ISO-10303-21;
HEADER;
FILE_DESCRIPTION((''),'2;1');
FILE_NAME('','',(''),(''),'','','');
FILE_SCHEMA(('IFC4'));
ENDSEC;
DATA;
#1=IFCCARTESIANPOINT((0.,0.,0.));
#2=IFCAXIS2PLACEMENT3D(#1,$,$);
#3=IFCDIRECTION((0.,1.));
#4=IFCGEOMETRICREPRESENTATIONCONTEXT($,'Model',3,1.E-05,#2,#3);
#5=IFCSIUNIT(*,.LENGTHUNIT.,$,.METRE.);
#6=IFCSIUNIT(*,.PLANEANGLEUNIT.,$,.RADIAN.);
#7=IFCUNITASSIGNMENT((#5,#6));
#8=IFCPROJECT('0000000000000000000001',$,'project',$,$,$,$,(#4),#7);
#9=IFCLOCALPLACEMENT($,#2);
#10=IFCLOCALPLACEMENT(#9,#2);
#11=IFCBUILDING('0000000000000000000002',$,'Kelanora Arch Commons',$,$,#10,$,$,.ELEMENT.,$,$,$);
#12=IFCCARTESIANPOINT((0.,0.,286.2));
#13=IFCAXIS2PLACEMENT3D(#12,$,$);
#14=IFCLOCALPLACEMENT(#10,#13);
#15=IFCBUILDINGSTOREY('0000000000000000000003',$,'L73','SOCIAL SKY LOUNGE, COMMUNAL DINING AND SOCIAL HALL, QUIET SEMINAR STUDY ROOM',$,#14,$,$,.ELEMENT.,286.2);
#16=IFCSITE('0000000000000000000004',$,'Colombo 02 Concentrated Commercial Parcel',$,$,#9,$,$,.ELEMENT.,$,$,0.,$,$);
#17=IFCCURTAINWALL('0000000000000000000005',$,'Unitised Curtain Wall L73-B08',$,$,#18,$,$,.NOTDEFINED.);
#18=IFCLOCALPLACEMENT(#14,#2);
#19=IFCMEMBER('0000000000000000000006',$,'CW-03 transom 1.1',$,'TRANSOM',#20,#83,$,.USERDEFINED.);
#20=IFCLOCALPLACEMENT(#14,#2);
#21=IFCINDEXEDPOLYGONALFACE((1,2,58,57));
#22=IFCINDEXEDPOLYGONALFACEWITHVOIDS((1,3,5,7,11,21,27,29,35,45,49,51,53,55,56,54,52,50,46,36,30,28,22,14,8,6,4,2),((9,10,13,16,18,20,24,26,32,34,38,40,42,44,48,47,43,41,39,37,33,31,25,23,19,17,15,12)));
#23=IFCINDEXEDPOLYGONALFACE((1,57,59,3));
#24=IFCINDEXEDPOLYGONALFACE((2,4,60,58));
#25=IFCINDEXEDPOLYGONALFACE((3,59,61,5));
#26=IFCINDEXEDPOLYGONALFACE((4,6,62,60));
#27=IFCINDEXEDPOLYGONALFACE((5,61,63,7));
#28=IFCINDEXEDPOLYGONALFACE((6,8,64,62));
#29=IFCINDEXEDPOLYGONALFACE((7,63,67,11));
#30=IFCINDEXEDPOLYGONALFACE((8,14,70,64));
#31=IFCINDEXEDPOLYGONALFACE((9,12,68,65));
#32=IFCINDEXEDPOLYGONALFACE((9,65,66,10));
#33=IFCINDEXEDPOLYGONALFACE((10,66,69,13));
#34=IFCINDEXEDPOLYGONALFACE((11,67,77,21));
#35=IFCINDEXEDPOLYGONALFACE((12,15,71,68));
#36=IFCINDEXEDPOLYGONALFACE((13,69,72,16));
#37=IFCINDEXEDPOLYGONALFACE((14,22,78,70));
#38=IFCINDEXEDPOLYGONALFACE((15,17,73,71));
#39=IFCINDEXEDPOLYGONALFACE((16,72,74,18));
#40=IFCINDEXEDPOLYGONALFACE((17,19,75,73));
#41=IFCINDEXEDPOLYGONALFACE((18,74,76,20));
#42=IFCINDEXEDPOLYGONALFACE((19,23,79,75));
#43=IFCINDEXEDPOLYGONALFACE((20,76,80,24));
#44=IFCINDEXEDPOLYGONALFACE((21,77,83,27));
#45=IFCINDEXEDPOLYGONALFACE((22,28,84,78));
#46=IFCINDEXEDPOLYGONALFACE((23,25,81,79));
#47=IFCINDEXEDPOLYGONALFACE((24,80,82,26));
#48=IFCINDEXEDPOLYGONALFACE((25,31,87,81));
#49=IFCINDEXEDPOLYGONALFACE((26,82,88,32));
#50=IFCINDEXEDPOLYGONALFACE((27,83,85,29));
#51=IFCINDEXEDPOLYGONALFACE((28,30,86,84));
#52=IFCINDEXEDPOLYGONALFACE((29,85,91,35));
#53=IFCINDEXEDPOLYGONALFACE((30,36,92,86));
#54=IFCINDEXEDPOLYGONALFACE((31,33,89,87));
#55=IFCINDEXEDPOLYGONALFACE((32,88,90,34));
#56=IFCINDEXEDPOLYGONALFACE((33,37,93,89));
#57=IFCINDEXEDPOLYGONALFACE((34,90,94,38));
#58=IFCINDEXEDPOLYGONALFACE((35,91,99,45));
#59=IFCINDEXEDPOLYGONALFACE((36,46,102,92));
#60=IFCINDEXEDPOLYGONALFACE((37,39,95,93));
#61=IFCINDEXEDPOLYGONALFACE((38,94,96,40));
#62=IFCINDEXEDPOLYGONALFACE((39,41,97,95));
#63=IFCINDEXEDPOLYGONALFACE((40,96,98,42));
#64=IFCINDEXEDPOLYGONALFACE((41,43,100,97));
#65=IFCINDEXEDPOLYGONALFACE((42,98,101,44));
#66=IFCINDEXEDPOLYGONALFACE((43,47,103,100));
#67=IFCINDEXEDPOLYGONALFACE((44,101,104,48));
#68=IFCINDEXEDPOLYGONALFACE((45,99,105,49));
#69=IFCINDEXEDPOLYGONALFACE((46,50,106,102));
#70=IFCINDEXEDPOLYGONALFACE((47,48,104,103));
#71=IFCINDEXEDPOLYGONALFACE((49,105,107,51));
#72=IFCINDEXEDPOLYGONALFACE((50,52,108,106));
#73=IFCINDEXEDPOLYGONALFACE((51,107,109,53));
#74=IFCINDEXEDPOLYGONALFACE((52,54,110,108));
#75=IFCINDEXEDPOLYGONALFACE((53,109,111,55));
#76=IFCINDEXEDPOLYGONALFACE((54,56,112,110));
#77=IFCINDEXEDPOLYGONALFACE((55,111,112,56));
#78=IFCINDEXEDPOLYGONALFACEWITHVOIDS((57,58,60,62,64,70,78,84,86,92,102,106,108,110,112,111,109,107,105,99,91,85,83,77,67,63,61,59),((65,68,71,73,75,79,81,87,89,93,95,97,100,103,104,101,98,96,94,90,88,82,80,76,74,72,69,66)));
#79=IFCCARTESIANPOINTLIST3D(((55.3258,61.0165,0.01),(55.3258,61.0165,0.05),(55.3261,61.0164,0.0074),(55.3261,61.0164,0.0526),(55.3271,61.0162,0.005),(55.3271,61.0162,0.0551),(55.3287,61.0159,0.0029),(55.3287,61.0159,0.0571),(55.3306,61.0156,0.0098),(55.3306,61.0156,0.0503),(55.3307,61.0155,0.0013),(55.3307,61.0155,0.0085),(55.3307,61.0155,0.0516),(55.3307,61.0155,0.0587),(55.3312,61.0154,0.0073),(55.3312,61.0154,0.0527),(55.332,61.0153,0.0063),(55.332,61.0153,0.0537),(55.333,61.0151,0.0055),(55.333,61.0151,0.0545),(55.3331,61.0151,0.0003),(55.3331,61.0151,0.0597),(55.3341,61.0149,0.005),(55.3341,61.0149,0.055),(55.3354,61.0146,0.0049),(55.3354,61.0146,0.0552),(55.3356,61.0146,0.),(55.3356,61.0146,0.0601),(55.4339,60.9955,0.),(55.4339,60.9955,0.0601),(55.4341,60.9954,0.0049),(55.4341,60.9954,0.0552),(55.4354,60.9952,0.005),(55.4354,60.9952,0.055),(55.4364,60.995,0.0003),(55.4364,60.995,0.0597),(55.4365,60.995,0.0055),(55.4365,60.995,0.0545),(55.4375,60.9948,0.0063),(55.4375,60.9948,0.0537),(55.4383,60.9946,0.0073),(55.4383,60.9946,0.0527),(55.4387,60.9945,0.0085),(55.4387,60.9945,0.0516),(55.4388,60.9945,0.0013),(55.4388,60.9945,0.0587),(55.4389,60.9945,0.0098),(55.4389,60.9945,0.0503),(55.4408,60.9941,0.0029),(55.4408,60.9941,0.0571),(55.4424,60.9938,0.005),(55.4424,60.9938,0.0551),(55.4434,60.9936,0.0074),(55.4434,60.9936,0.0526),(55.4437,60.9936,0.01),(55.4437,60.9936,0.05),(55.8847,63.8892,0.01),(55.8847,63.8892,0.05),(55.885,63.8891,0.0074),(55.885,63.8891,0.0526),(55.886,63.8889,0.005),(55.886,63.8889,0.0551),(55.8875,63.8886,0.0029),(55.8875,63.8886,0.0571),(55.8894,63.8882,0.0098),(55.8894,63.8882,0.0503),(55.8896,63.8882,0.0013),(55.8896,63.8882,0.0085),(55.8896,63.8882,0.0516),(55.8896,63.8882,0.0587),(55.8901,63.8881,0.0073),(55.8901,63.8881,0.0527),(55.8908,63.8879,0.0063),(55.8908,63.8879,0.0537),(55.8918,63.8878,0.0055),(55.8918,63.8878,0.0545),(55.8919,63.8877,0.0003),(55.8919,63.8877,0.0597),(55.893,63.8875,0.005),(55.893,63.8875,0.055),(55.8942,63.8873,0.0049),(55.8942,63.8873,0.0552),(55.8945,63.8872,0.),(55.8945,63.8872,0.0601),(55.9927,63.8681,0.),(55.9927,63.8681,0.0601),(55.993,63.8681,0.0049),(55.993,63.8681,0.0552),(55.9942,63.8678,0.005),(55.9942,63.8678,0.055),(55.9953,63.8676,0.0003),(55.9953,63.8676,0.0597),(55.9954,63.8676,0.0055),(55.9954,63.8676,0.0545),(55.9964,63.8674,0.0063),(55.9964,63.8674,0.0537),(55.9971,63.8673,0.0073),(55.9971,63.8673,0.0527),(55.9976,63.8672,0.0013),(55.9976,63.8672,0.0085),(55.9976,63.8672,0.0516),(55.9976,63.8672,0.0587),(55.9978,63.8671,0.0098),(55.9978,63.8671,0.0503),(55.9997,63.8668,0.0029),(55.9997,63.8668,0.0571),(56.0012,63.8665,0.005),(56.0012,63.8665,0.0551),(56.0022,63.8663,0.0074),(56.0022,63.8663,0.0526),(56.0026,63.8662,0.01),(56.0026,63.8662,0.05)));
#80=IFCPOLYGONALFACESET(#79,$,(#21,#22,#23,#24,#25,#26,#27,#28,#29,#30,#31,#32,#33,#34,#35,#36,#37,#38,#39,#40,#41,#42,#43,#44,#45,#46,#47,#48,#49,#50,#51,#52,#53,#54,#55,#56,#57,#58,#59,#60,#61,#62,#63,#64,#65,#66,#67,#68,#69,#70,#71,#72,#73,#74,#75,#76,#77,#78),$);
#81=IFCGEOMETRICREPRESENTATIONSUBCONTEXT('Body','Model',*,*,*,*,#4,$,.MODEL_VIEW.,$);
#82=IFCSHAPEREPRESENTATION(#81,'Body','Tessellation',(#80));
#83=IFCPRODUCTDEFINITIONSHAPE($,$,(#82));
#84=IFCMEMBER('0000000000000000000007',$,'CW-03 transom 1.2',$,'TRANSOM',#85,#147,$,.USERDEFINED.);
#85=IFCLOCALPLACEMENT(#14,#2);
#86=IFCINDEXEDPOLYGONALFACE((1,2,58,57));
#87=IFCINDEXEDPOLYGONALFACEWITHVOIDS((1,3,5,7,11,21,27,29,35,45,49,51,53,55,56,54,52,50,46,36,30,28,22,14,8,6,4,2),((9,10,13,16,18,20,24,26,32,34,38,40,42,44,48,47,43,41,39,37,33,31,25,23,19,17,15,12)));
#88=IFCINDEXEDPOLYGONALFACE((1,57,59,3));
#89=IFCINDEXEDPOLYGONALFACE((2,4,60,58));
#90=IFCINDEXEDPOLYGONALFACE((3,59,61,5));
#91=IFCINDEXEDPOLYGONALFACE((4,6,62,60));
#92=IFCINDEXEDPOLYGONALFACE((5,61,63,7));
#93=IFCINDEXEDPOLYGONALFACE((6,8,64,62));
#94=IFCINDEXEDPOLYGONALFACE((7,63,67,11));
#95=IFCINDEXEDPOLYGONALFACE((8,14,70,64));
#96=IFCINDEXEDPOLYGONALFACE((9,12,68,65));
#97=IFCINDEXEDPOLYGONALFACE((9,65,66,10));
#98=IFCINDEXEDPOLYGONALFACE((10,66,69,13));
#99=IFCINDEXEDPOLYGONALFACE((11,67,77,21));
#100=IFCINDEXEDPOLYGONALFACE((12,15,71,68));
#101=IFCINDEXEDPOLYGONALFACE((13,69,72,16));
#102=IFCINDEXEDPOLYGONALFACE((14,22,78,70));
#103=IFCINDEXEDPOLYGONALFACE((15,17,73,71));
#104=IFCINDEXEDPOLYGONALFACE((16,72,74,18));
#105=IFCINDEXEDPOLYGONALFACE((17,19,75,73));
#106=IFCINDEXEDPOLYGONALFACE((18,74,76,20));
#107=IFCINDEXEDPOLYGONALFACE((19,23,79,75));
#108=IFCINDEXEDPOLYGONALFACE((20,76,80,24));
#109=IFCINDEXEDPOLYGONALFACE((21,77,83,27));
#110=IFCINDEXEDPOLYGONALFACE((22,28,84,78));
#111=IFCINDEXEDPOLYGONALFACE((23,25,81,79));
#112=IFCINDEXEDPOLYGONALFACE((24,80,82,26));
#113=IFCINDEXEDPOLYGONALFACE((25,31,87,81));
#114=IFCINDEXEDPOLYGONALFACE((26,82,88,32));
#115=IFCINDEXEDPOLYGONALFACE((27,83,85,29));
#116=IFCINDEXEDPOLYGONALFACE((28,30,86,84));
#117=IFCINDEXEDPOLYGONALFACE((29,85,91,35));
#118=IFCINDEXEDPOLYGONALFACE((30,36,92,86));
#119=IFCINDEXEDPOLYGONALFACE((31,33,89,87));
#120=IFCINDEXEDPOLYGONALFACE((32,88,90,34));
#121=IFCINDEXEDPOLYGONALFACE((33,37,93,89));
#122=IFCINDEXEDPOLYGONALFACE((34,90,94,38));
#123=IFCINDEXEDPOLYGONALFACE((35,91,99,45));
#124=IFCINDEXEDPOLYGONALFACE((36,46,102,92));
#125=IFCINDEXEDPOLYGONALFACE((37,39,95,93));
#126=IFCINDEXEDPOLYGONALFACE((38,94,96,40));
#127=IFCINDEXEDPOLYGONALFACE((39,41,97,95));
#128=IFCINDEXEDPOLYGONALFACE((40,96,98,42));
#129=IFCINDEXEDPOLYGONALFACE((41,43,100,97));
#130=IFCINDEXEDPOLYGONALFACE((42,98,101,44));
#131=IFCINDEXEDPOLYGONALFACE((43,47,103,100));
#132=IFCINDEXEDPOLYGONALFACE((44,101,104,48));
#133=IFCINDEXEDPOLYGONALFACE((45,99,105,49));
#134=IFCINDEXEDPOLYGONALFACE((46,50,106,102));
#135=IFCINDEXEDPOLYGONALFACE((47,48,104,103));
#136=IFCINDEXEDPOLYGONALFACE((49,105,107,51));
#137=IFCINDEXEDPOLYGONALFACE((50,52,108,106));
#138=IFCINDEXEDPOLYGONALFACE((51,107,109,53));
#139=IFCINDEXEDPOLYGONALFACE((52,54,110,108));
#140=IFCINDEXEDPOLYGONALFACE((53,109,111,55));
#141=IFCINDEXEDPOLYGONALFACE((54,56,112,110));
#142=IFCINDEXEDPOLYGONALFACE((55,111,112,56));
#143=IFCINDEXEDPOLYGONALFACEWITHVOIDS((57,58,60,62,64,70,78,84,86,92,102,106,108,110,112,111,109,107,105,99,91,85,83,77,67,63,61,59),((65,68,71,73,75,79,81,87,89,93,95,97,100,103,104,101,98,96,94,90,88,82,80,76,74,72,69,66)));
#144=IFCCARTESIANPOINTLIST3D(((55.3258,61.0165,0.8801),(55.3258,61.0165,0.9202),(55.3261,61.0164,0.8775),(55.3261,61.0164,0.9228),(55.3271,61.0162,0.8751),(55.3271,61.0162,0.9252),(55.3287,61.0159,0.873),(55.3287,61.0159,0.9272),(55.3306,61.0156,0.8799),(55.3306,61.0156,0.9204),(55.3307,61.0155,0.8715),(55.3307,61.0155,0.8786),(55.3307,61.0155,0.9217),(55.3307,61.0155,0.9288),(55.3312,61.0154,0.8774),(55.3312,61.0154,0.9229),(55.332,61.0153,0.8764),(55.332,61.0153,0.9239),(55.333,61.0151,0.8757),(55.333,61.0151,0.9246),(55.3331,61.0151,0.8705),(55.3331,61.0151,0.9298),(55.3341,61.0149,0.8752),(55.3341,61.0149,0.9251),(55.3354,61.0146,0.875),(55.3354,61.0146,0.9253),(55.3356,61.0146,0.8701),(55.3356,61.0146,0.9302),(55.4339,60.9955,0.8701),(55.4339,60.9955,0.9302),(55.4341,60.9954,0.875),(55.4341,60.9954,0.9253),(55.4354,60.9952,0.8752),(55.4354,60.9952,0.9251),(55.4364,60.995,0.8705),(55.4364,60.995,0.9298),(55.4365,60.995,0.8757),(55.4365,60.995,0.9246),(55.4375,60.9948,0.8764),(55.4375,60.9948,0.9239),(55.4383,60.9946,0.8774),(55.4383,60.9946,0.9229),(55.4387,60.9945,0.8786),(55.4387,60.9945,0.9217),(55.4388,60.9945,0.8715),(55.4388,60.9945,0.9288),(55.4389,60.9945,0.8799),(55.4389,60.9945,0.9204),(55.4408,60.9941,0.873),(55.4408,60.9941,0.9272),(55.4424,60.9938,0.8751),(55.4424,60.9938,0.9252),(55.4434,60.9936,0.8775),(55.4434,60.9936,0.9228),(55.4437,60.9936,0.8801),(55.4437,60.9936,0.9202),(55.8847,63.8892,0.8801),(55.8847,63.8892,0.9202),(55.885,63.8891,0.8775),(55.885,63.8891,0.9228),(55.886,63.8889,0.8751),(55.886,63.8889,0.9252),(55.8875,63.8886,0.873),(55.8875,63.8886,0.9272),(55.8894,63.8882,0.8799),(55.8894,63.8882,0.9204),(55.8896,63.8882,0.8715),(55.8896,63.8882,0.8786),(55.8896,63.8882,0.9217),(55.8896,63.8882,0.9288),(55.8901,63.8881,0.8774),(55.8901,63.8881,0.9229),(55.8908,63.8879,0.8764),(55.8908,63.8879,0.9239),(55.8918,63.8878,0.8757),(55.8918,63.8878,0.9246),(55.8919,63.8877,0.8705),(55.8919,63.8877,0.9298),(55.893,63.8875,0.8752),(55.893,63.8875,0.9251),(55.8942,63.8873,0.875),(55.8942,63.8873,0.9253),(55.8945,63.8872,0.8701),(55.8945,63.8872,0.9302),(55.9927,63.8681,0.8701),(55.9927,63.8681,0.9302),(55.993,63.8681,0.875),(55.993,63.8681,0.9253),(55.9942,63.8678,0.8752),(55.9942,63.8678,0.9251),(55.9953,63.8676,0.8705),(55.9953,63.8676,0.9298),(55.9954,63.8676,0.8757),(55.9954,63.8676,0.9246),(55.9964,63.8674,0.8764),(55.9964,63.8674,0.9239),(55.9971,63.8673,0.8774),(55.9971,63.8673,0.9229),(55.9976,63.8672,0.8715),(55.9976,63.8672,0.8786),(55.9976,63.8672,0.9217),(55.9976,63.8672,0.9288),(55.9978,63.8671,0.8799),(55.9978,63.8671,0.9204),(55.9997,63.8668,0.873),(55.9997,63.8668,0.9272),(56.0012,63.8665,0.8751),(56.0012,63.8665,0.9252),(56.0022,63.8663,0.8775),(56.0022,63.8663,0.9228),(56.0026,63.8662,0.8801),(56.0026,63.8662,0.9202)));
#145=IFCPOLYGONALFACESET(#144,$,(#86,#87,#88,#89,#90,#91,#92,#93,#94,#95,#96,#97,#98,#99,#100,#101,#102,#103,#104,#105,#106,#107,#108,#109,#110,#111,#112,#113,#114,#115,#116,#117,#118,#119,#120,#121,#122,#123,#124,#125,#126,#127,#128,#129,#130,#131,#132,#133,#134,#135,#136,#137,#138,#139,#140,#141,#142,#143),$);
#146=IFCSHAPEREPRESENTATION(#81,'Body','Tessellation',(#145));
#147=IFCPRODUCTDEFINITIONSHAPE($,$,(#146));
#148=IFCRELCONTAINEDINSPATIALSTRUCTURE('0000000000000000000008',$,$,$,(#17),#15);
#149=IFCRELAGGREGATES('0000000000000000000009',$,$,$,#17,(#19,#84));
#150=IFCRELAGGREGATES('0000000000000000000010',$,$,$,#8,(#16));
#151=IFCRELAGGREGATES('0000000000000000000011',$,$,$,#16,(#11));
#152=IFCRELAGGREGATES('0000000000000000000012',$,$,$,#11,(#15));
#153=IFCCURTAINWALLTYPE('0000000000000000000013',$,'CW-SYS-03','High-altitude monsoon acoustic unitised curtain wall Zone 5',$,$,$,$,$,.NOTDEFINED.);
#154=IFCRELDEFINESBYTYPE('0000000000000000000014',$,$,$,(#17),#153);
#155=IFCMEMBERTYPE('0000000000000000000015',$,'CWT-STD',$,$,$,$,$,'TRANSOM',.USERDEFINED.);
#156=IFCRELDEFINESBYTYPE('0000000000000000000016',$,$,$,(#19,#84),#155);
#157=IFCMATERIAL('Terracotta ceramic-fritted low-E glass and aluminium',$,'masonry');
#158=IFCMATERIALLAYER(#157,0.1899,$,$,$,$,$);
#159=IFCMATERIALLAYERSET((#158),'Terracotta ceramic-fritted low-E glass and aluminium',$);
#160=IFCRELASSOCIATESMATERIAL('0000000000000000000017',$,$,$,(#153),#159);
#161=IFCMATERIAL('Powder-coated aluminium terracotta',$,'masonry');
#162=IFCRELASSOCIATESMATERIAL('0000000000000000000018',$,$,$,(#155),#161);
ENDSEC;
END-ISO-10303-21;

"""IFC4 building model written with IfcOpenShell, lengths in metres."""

from ifc_helpers import new_model, si_unit, direction, frame, origin, origin_2d, place, context, subcontext, project, spatial, hollow_rectangle, extrude, material, layer, layer_set, material_profile, profile_set, type_object, element, aggregate, save


model = new_model("IFC4")

# Units and contexts
model_context = context("Model", 3, precision=1e-05, world=origin(), true_north=direction((0.0, 1.0)))
body_context = subcontext(model_context, "Body", "Model", "MODEL_VIEW")
ifc_project = project(units=[si_unit("LENGTHUNIT", "METRE"), si_unit("PLANEANGLEUNIT", "RADIAN")], contexts=[model_context])

# Site, building, storey
site_placement = place(None, origin())
site = spatial("IfcSite", under=ifc_project, at=site_placement, Name="Colombo 02 Concentrated Commercial Parcel", CompositionType="ELEMENT", RefElevation=0.0)
building_placement = place(site_placement, origin())
building = spatial("IfcBuilding", under=site, at=building_placement, Name="Kelanora Arch Commons", CompositionType="ELEMENT")
storey_placement = place(building_placement, frame((0.0, 0.0, 286.2)))
storey = spatial("IfcBuildingStorey", under=building, at=storey_placement, Name="L73", Description="SOCIAL SKY LOUNGE, COMMUNAL DINING AND SOCIAL HALL, QUIET SEMINAR STUDY ROOM", CompositionType="ELEMENT", Elevation=286.2)

# Curtain wall, members
ifc_material_1 = material(Name="Terracotta ceramic-fritted low-E glass and aluminium", Category="masonry")
ifc_layer_1 = layer(ifc_material_1, 0.1899)
ifc_layer_set_1 = layer_set([ifc_layer_1], Name="Terracotta ceramic-fritted low-E glass and aluminium")
curtain_wall_type = type_object("IfcCurtainWallType", Name="CW-SYS-03", Description="High-altitude monsoon acoustic unitised curtain wall Zone 5", PredefinedType="NOTDEFINED", material=ifc_layer_set_1)
curtain_wall_placement = place(storey_placement, origin())
curtain_wall = element("IfcCurtainWall", 1, at=curtain_wall_placement, inside=storey, type_object=curtain_wall_type, Name="Unitised Curtain Wall L73-B08", PredefinedType="NOTDEFINED")
ifc_material_2 = material(Name="Powder-coated aluminium terracotta", Category="masonry")
ifc_material_profile_1 = material_profile(ifc_material_2, hollow_rectangle(XDim=0.1201, YDim=0.0601, WallThickness=0.0049, InnerFilletRadius=0.0049, OuterFilletRadius=0.01, at=origin_2d()), Name="CWT120x60")
ifc_profile_set_1 = profile_set([ifc_material_profile_1], Name="Powder-coated aluminium terracotta")
member_type_1 = type_object("IfcMemberType", Name="CWT-STD", ElementType="TRANSOM", PredefinedType="USERDEFINED", material=ifc_profile_set_1)
member_1_placement = place(storey_placement, frame((55.9436, 63.8777, 0.03), z_axis=(-0.190963, -0.981597, 0.0), x_axis=(0.981597, -0.190963, 0.0)))
member_1 = element("IfcMember", 2, at=member_1_placement, type_object=member_type_1, Name="CW-03 transom 1.1", ObjectType="TRANSOM", PredefinedType="USERDEFINED", context=body_context, shape_type="SweptSolid", body=[
    extrude(hollow_rectangle(XDim=0.1201, YDim=0.0601, WallThickness=0.0049, InnerFilletRadius=0.0049, OuterFilletRadius=0.01, at=origin_2d()), origin(), (0.0, 0.0, 1.0), 2.9265),
])
member_2_placement = place(storey_placement, frame((55.9436, 63.8777, 0.9001), z_axis=(-0.190963, -0.981597, 0.0), x_axis=(0.981597, -0.190963, 0.0)))
member_2 = element("IfcMember", 3, at=member_2_placement, type_object=member_type_1, Name="CW-03 transom 1.2", ObjectType="TRANSOM", PredefinedType="USERDEFINED", context=body_context, shape_type="SweptSolid", body=[
    extrude(hollow_rectangle(XDim=0.1201, YDim=0.0601, WallThickness=0.0049, InnerFilletRadius=0.0049, OuterFilletRadius=0.01, at=origin_2d()), origin(), (0.0, 0.0, 1.0), 2.9265),
])
aggregate(curtain_wall, [member_1, member_2])

save(model, "model.ifc")
